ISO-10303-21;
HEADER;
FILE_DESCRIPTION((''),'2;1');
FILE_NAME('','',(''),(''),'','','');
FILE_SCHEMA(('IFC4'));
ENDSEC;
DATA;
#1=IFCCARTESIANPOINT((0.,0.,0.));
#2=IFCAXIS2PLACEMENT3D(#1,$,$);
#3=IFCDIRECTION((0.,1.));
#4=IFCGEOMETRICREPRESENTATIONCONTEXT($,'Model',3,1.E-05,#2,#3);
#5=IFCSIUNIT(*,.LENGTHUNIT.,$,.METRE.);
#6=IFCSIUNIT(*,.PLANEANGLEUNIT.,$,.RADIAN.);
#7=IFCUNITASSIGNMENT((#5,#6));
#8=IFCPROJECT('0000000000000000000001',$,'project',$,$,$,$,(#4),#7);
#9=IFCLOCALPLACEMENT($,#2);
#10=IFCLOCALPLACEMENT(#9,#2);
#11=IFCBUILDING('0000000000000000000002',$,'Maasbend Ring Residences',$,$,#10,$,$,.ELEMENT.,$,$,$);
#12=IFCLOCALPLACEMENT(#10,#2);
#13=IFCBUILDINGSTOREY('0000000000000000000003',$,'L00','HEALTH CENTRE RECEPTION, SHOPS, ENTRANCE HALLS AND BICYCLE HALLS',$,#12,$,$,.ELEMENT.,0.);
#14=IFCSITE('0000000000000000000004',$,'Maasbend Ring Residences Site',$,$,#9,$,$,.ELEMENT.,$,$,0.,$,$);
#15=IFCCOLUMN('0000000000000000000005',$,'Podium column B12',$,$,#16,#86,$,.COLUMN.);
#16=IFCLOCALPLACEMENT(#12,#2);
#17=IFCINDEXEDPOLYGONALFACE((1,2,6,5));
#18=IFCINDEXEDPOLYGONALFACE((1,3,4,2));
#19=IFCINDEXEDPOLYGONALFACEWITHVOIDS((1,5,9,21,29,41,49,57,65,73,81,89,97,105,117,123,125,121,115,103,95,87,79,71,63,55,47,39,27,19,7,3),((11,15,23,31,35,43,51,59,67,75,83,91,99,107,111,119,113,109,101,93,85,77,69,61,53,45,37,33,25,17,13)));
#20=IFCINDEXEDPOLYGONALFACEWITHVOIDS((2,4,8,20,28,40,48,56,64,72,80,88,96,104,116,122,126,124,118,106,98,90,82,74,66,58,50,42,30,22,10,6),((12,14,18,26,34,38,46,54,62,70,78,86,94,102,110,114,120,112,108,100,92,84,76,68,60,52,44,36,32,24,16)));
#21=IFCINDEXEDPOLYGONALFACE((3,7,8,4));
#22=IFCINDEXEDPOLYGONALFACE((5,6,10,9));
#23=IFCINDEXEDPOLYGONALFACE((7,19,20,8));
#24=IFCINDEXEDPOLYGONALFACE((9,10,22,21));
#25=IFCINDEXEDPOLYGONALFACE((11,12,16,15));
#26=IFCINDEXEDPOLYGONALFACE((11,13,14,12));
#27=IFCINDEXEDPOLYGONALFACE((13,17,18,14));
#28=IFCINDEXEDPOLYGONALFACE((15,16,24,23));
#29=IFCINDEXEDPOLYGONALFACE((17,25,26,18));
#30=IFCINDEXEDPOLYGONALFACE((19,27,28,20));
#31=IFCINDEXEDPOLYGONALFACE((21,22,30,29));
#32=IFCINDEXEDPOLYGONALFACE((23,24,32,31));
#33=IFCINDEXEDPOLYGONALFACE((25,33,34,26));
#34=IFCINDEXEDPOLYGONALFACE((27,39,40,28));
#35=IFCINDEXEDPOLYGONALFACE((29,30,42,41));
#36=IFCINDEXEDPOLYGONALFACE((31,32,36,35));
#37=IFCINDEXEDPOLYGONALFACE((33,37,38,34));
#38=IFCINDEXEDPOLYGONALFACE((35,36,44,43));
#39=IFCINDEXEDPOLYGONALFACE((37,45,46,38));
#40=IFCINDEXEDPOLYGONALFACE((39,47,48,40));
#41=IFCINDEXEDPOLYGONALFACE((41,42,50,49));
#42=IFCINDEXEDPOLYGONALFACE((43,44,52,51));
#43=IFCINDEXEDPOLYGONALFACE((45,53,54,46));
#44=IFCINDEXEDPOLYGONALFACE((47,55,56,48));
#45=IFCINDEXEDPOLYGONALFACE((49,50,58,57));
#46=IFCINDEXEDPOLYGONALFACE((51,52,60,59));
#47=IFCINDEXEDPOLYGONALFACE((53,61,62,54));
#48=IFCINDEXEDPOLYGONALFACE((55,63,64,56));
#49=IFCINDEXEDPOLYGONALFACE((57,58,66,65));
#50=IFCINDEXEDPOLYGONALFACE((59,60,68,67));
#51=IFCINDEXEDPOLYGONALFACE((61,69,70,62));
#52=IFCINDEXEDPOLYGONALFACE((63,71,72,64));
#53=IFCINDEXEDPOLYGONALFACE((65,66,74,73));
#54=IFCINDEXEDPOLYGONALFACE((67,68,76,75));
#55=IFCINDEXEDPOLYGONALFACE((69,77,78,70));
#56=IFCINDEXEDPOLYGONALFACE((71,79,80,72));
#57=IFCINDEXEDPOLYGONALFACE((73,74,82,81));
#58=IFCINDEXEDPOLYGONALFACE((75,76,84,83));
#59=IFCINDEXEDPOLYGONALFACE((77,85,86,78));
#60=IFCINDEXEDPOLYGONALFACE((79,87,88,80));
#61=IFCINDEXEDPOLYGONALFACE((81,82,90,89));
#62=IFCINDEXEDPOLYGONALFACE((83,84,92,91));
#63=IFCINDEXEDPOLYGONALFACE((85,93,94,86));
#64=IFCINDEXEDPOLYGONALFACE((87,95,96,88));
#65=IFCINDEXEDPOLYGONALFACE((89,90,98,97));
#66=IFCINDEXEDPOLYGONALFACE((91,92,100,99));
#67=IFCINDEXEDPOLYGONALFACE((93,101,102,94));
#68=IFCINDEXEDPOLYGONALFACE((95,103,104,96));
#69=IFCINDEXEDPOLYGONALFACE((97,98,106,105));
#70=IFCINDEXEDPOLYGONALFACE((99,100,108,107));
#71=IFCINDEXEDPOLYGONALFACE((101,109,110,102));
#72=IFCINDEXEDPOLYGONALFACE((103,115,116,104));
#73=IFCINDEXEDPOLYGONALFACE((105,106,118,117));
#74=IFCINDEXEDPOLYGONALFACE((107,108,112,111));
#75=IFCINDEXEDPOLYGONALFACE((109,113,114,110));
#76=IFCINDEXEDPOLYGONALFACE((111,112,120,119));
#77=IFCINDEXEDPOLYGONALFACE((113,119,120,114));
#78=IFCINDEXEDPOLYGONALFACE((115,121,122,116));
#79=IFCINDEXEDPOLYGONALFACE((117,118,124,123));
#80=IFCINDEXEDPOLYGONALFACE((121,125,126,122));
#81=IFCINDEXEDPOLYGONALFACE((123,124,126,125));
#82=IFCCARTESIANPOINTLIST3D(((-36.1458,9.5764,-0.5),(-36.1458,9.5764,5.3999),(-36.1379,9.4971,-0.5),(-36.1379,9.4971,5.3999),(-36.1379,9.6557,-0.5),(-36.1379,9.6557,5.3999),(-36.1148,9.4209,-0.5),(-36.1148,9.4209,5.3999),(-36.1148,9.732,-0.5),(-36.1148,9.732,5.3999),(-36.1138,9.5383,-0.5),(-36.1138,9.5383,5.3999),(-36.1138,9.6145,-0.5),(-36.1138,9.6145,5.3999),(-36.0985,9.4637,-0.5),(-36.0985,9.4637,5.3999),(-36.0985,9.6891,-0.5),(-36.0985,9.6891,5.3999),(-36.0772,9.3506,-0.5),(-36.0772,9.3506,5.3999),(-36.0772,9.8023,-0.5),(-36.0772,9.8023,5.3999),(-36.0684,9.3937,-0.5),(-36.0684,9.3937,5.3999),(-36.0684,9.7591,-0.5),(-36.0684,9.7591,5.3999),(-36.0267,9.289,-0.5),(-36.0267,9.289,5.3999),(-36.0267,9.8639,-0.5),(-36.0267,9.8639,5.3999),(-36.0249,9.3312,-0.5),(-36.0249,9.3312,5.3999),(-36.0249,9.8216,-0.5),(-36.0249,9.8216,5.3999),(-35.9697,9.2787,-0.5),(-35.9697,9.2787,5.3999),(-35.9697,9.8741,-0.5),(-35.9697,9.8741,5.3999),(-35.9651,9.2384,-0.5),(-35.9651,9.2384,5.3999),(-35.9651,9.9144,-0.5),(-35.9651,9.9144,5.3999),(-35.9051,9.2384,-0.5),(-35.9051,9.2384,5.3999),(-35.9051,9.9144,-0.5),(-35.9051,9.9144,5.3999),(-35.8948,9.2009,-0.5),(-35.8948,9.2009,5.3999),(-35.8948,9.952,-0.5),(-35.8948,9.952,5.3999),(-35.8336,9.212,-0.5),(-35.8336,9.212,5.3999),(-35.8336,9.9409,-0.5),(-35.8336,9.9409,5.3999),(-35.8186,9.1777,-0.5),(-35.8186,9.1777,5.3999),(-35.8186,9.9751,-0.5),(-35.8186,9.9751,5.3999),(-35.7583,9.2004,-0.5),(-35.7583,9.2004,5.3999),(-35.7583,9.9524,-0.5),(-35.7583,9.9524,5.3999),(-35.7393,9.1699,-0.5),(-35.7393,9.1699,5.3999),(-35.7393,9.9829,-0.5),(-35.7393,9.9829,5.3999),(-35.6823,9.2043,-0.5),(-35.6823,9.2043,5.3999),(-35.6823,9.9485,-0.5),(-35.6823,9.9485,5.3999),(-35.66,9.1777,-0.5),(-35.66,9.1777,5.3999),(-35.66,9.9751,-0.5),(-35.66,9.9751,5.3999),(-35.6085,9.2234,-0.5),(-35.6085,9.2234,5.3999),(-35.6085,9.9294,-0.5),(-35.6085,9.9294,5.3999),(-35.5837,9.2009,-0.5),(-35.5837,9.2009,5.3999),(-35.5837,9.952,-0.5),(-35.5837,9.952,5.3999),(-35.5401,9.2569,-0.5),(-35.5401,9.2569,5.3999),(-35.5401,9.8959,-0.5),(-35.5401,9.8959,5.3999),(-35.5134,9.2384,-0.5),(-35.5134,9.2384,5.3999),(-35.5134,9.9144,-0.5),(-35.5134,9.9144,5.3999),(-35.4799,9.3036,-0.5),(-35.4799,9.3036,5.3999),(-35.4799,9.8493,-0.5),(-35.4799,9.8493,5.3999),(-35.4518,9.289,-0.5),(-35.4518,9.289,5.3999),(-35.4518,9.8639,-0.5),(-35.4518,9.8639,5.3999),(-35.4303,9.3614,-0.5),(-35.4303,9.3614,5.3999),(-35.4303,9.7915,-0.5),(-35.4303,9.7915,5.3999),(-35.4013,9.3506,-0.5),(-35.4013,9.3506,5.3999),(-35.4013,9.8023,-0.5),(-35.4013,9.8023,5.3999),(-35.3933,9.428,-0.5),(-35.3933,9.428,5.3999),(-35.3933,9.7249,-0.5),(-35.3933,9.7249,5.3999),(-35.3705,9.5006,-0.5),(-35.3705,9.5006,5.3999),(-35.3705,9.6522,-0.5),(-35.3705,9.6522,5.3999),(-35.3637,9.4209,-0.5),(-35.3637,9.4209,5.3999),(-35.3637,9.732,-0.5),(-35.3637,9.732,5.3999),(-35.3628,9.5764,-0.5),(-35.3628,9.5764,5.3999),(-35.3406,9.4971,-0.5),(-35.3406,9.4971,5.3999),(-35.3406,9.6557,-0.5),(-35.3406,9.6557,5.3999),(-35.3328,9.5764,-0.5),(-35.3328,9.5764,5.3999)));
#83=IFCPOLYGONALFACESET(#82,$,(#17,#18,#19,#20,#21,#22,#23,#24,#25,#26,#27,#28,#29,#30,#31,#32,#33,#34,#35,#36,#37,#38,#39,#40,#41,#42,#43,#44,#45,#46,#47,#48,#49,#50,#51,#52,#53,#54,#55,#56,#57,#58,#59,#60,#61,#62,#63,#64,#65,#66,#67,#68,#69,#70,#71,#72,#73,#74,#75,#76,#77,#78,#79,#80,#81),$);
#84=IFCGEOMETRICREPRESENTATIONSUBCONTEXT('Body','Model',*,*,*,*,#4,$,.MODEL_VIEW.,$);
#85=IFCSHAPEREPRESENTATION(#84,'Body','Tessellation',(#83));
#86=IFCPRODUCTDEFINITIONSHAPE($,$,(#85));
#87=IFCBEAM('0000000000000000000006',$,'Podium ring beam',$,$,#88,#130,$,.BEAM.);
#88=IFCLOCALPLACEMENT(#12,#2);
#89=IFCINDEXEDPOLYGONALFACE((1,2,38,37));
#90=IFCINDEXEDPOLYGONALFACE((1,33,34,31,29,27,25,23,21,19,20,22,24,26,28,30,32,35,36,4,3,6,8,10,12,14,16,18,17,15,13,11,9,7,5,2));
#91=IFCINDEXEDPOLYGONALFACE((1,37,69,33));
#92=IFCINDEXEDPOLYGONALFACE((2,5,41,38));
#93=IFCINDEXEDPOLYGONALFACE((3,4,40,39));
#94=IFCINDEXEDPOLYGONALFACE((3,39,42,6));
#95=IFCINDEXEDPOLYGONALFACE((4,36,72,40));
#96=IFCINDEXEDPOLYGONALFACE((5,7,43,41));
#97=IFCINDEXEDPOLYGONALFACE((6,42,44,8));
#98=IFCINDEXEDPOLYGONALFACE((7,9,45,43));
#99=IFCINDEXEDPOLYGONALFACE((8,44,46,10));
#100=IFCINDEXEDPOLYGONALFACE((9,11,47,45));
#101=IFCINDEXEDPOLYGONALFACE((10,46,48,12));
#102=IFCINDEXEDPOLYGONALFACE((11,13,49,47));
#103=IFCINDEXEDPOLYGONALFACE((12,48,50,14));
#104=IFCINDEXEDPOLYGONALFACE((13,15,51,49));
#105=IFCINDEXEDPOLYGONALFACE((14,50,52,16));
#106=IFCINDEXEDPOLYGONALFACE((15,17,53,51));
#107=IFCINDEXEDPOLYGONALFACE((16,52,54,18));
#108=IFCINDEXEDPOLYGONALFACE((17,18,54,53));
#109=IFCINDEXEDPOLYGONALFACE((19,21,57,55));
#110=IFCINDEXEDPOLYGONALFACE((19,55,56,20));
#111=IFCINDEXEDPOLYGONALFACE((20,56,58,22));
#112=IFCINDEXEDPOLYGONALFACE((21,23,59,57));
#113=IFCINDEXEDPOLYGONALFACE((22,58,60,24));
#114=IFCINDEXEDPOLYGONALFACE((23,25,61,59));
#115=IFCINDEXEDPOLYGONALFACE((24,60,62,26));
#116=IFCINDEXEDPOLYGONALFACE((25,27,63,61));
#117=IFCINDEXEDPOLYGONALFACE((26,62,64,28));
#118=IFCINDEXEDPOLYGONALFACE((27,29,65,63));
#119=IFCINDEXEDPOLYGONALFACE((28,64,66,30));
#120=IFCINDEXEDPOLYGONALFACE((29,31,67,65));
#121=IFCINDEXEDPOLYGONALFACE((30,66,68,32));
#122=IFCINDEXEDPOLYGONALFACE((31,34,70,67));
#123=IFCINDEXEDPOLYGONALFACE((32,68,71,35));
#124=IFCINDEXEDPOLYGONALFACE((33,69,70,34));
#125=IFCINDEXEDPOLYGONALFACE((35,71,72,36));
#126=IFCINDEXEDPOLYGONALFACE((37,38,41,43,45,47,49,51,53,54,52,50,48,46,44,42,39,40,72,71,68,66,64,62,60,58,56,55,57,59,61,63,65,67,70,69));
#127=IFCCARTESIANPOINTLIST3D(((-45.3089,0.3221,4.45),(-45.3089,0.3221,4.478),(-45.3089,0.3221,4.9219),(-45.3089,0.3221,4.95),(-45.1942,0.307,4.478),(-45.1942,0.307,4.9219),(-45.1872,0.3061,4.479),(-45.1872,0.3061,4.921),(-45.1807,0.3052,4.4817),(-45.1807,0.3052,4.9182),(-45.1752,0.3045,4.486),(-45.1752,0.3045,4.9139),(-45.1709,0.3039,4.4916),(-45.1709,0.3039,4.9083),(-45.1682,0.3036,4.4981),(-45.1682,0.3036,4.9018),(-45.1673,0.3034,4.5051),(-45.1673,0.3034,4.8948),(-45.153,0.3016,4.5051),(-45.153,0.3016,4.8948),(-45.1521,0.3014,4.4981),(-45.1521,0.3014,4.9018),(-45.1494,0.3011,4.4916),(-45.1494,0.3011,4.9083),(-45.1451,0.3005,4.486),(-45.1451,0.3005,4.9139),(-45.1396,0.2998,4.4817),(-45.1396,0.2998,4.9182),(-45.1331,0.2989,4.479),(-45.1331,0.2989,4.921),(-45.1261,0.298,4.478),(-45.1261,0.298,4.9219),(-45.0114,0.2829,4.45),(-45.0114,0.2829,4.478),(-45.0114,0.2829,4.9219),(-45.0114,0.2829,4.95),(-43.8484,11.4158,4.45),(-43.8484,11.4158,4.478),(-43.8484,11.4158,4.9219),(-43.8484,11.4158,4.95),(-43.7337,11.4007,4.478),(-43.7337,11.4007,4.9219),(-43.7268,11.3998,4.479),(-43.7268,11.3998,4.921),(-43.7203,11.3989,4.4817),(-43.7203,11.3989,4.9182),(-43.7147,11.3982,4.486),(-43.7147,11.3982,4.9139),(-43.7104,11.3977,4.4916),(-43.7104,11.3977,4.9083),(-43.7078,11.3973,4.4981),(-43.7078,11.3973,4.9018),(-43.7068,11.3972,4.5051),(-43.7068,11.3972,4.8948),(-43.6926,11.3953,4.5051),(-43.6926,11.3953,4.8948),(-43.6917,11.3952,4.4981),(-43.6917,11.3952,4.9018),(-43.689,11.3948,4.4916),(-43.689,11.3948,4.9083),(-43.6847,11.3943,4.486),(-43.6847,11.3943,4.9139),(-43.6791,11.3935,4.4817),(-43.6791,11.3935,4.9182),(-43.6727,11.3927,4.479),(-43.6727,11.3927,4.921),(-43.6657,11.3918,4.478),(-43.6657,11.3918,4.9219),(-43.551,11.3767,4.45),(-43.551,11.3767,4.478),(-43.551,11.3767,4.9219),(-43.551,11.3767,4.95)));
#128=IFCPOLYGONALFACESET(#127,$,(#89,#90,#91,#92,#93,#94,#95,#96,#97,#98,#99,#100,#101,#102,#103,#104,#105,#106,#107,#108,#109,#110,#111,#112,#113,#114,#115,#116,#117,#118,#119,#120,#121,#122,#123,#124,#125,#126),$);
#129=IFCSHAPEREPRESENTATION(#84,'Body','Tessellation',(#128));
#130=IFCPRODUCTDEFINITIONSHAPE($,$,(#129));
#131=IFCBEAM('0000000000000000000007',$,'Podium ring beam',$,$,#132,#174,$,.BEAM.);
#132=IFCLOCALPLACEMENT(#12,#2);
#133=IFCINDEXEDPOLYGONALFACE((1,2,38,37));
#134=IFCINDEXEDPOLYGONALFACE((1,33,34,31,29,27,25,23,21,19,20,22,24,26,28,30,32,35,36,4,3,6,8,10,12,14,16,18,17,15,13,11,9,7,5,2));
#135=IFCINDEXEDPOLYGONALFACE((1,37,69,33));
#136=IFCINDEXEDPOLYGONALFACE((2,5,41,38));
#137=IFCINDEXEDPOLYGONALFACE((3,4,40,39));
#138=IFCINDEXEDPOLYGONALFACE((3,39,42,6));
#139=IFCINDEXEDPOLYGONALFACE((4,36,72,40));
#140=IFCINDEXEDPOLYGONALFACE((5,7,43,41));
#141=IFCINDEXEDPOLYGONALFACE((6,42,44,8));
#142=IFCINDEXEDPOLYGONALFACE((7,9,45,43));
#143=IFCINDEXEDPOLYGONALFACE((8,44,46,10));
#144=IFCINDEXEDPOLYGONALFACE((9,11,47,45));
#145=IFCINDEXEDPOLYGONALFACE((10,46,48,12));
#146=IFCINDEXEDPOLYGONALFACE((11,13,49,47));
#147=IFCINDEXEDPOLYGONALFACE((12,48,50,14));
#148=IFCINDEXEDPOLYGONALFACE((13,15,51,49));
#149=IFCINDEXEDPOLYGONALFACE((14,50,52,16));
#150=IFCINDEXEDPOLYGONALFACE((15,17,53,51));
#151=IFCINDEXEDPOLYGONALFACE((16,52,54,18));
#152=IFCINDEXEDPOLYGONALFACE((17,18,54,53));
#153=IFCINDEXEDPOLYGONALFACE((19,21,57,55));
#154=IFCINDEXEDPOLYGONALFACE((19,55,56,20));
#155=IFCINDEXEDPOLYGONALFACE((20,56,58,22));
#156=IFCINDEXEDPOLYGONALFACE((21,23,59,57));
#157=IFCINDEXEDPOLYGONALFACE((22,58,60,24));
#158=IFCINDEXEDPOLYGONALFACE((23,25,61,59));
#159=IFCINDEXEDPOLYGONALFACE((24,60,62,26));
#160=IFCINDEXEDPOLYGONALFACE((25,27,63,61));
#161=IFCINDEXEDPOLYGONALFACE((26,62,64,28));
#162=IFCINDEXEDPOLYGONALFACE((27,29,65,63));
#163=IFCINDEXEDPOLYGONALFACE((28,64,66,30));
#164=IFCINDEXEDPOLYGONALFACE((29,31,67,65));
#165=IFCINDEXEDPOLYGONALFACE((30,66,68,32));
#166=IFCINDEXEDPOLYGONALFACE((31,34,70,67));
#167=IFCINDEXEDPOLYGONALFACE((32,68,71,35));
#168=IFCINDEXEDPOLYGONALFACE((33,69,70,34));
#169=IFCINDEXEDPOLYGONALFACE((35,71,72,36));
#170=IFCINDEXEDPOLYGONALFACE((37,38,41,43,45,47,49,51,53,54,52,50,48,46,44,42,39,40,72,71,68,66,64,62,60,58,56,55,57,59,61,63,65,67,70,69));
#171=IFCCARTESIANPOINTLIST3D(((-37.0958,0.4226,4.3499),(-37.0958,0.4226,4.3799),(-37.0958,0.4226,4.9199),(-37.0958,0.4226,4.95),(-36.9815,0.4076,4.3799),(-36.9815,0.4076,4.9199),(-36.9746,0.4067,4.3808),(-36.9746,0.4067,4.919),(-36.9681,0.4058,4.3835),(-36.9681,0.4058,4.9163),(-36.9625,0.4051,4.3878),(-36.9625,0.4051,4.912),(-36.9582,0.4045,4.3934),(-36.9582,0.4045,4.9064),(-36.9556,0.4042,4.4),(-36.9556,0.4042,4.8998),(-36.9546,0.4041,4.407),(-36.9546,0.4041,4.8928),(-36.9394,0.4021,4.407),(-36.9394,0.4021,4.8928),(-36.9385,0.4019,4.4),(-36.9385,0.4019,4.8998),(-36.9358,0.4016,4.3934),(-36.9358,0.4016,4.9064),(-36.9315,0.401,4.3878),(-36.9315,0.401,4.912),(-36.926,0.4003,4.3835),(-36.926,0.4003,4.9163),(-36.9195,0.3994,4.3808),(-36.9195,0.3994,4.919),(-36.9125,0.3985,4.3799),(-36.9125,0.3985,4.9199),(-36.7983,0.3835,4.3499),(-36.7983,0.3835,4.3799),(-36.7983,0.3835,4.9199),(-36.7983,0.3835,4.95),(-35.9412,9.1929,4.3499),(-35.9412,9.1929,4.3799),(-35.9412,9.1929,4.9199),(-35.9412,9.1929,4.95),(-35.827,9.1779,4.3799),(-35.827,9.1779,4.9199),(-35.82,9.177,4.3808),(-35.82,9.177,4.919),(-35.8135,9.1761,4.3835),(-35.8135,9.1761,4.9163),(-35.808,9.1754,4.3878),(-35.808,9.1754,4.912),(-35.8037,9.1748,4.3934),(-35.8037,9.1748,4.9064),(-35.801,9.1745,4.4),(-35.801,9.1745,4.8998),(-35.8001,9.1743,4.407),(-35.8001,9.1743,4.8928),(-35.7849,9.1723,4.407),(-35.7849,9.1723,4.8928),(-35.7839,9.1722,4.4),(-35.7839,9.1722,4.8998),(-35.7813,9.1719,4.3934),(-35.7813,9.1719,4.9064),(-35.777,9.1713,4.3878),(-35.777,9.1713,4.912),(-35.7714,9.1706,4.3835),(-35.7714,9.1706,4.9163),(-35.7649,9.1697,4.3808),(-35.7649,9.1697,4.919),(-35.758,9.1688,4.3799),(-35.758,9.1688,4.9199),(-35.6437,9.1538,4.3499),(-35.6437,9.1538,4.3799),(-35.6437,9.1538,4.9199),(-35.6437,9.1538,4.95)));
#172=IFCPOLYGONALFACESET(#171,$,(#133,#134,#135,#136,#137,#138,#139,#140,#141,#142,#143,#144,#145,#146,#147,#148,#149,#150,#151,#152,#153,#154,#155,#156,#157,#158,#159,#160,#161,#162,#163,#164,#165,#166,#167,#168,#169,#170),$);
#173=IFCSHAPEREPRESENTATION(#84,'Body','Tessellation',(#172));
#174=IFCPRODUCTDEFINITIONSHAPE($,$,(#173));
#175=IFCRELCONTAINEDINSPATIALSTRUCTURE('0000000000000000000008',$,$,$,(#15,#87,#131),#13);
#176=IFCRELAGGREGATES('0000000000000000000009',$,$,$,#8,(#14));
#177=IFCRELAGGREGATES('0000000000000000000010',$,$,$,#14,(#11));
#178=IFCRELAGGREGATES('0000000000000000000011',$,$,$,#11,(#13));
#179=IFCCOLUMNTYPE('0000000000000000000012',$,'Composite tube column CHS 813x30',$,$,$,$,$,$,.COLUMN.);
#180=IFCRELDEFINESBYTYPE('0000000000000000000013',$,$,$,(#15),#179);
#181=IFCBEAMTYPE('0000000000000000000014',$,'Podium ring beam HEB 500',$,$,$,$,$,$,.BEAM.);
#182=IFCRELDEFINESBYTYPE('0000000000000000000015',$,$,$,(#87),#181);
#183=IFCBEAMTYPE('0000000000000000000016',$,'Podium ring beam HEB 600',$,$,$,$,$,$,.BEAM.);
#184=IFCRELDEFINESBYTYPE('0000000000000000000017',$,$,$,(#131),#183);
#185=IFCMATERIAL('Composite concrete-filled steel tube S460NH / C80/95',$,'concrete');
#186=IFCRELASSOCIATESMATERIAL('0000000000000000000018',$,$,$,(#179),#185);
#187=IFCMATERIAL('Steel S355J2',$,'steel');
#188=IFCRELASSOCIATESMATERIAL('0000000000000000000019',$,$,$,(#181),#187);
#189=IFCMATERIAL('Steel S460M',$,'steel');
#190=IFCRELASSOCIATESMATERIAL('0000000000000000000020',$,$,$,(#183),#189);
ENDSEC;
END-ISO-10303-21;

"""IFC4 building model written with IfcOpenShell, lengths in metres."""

from ifc_helpers import new_model, si_unit, direction, frame, origin, origin_2d, place, context, subcontext, project, spatial, hollow_circle, i_section, extrude, material, material_profile, profile_set, type_object, element, save


model = new_model("IFC4")

# Units and contexts
model_context = context("Model", 3, precision=1e-05, world=origin(), true_north=direction((0.0, 1.0)))
body_context = subcontext(model_context, "Body", "Model", "MODEL_VIEW")
ifc_project = project(units=[si_unit("LENGTHUNIT", "METRE"), si_unit("PLANEANGLEUNIT", "RADIAN")], contexts=[model_context])

# Site, building, storey
site_placement = place(None, origin())
site = spatial("IfcSite", under=ifc_project, at=site_placement, Name="Maasbend Ring Residences Site", CompositionType="ELEMENT", RefElevation=0.0)
building_placement = place(site_placement, origin())
building = spatial("IfcBuilding", under=site, at=building_placement, Name="Maasbend Ring Residences", CompositionType="ELEMENT")
storey_placement = place(building_placement, origin())
storey = spatial("IfcBuildingStorey", under=building, at=storey_placement, Name="L00", Description="HEALTH CENTRE RECEPTION, SHOPS, ENTRANCE HALLS AND BICYCLE HALLS", CompositionType="ELEMENT", Elevation=0.0)

# Column
ifc_material_1 = material(Name="Composite concrete-filled steel tube S460NH / C80/95", Category="concrete")
ifc_material_profile_1 = material_profile(ifc_material_1, hollow_circle(Radius=0.4065, WallThickness=0.03, at=origin_2d()), Name="Composite tube column CHS 813x30")
ifc_profile_set_1 = profile_set([ifc_material_profile_1], Name="Composite concrete-filled steel tube S460NH / C80/95")
column_type_1 = type_object("IfcColumnType", Name="Composite tube column CHS 813x30", PredefinedType="COLUMN", material=ifc_profile_set_1)
column_1_placement = place(storey_placement, frame((-35.7393, 9.5764, -0.5), z_axis=(0.0, 0.0, 1.0), x_axis=(1.0, 0.0, 0.0)))
element("IfcColumn", 1, at=column_1_placement, inside=storey, type_object=column_type_1, Name="Podium column B12", PredefinedType="COLUMN", context=body_context, shape_type="SweptSolid", body=[
    extrude(hollow_circle(Radius=0.4065, WallThickness=0.03, at=origin_2d()), origin(), (0.0, 0.0, 1.0), 5.8999),
])

# Beams
ifc_material_2 = material(Name="Steel S355J2", Category="steel")
ifc_material_profile_2 = material_profile(ifc_material_2, i_section(OverallWidth=0.3, OverallDepth=0.5, WebThickness=0.0144, FlangeThickness=0.0281, FilletRadius=0.0271, at=origin_2d()), Name="HEB 500")
ifc_profile_set_2 = profile_set([ifc_material_profile_2], Name="Steel S355J2")
beam_type_1 = type_object("IfcBeamType", Name="Podium ring beam HEB 500", PredefinedType="BEAM", material=ifc_profile_set_2)
beam_1_placement = place(storey_placement, frame((-43.6997, 11.3962, 4.7), z_axis=(-0.13052, -0.991446, 0.0), x_axis=(0.991446, -0.13052, 0.0)))
element("IfcBeam", 2, at=beam_1_placement, inside=storey, type_object=beam_type_1, Name="Podium ring beam", PredefinedType="BEAM", context=body_context, shape_type="SweptSolid", body=[
    extrude(i_section(OverallWidth=0.3, OverallDepth=0.5, WebThickness=0.0144, FlangeThickness=0.0281, FilletRadius=0.0271, at=origin_2d()), origin(), (0.0, 0.0, 1.0), 11.1895),
])
ifc_material_3 = material(Name="Steel S460M", Category="steel")
ifc_material_profile_3 = material_profile(ifc_material_3, i_section(OverallWidth=0.3, OverallDepth=0.6001, WebThickness=0.0154, FlangeThickness=0.03, FilletRadius=0.0271, at=origin_2d()), Name="HEB 600")
ifc_profile_set_3 = profile_set([ifc_material_profile_3], Name="Steel S460M")
beam_type_2 = type_object("IfcBeamType", Name="Podium ring beam HEB 600", PredefinedType="BEAM", material=ifc_profile_set_3)
beam_2_placement = place(storey_placement, frame((-35.7925, 9.1733, 4.6499), z_axis=(-0.130517, -0.991446, 0.0), x_axis=(0.991446, -0.130517, 0.0)))
element("IfcBeam", 3, at=beam_2_placement, inside=storey, type_object=beam_type_2, Name="Podium ring beam", PredefinedType="BEAM", context=body_context, shape_type="SweptSolid", body=[
    extrude(i_section(OverallWidth=0.3, OverallDepth=0.6001, WebThickness=0.0154, FlangeThickness=0.03, FilletRadius=0.0271, at=origin_2d()), origin(), (0.0, 0.0, 1.0), 8.8459),
])

save(model, "model.ifc")
